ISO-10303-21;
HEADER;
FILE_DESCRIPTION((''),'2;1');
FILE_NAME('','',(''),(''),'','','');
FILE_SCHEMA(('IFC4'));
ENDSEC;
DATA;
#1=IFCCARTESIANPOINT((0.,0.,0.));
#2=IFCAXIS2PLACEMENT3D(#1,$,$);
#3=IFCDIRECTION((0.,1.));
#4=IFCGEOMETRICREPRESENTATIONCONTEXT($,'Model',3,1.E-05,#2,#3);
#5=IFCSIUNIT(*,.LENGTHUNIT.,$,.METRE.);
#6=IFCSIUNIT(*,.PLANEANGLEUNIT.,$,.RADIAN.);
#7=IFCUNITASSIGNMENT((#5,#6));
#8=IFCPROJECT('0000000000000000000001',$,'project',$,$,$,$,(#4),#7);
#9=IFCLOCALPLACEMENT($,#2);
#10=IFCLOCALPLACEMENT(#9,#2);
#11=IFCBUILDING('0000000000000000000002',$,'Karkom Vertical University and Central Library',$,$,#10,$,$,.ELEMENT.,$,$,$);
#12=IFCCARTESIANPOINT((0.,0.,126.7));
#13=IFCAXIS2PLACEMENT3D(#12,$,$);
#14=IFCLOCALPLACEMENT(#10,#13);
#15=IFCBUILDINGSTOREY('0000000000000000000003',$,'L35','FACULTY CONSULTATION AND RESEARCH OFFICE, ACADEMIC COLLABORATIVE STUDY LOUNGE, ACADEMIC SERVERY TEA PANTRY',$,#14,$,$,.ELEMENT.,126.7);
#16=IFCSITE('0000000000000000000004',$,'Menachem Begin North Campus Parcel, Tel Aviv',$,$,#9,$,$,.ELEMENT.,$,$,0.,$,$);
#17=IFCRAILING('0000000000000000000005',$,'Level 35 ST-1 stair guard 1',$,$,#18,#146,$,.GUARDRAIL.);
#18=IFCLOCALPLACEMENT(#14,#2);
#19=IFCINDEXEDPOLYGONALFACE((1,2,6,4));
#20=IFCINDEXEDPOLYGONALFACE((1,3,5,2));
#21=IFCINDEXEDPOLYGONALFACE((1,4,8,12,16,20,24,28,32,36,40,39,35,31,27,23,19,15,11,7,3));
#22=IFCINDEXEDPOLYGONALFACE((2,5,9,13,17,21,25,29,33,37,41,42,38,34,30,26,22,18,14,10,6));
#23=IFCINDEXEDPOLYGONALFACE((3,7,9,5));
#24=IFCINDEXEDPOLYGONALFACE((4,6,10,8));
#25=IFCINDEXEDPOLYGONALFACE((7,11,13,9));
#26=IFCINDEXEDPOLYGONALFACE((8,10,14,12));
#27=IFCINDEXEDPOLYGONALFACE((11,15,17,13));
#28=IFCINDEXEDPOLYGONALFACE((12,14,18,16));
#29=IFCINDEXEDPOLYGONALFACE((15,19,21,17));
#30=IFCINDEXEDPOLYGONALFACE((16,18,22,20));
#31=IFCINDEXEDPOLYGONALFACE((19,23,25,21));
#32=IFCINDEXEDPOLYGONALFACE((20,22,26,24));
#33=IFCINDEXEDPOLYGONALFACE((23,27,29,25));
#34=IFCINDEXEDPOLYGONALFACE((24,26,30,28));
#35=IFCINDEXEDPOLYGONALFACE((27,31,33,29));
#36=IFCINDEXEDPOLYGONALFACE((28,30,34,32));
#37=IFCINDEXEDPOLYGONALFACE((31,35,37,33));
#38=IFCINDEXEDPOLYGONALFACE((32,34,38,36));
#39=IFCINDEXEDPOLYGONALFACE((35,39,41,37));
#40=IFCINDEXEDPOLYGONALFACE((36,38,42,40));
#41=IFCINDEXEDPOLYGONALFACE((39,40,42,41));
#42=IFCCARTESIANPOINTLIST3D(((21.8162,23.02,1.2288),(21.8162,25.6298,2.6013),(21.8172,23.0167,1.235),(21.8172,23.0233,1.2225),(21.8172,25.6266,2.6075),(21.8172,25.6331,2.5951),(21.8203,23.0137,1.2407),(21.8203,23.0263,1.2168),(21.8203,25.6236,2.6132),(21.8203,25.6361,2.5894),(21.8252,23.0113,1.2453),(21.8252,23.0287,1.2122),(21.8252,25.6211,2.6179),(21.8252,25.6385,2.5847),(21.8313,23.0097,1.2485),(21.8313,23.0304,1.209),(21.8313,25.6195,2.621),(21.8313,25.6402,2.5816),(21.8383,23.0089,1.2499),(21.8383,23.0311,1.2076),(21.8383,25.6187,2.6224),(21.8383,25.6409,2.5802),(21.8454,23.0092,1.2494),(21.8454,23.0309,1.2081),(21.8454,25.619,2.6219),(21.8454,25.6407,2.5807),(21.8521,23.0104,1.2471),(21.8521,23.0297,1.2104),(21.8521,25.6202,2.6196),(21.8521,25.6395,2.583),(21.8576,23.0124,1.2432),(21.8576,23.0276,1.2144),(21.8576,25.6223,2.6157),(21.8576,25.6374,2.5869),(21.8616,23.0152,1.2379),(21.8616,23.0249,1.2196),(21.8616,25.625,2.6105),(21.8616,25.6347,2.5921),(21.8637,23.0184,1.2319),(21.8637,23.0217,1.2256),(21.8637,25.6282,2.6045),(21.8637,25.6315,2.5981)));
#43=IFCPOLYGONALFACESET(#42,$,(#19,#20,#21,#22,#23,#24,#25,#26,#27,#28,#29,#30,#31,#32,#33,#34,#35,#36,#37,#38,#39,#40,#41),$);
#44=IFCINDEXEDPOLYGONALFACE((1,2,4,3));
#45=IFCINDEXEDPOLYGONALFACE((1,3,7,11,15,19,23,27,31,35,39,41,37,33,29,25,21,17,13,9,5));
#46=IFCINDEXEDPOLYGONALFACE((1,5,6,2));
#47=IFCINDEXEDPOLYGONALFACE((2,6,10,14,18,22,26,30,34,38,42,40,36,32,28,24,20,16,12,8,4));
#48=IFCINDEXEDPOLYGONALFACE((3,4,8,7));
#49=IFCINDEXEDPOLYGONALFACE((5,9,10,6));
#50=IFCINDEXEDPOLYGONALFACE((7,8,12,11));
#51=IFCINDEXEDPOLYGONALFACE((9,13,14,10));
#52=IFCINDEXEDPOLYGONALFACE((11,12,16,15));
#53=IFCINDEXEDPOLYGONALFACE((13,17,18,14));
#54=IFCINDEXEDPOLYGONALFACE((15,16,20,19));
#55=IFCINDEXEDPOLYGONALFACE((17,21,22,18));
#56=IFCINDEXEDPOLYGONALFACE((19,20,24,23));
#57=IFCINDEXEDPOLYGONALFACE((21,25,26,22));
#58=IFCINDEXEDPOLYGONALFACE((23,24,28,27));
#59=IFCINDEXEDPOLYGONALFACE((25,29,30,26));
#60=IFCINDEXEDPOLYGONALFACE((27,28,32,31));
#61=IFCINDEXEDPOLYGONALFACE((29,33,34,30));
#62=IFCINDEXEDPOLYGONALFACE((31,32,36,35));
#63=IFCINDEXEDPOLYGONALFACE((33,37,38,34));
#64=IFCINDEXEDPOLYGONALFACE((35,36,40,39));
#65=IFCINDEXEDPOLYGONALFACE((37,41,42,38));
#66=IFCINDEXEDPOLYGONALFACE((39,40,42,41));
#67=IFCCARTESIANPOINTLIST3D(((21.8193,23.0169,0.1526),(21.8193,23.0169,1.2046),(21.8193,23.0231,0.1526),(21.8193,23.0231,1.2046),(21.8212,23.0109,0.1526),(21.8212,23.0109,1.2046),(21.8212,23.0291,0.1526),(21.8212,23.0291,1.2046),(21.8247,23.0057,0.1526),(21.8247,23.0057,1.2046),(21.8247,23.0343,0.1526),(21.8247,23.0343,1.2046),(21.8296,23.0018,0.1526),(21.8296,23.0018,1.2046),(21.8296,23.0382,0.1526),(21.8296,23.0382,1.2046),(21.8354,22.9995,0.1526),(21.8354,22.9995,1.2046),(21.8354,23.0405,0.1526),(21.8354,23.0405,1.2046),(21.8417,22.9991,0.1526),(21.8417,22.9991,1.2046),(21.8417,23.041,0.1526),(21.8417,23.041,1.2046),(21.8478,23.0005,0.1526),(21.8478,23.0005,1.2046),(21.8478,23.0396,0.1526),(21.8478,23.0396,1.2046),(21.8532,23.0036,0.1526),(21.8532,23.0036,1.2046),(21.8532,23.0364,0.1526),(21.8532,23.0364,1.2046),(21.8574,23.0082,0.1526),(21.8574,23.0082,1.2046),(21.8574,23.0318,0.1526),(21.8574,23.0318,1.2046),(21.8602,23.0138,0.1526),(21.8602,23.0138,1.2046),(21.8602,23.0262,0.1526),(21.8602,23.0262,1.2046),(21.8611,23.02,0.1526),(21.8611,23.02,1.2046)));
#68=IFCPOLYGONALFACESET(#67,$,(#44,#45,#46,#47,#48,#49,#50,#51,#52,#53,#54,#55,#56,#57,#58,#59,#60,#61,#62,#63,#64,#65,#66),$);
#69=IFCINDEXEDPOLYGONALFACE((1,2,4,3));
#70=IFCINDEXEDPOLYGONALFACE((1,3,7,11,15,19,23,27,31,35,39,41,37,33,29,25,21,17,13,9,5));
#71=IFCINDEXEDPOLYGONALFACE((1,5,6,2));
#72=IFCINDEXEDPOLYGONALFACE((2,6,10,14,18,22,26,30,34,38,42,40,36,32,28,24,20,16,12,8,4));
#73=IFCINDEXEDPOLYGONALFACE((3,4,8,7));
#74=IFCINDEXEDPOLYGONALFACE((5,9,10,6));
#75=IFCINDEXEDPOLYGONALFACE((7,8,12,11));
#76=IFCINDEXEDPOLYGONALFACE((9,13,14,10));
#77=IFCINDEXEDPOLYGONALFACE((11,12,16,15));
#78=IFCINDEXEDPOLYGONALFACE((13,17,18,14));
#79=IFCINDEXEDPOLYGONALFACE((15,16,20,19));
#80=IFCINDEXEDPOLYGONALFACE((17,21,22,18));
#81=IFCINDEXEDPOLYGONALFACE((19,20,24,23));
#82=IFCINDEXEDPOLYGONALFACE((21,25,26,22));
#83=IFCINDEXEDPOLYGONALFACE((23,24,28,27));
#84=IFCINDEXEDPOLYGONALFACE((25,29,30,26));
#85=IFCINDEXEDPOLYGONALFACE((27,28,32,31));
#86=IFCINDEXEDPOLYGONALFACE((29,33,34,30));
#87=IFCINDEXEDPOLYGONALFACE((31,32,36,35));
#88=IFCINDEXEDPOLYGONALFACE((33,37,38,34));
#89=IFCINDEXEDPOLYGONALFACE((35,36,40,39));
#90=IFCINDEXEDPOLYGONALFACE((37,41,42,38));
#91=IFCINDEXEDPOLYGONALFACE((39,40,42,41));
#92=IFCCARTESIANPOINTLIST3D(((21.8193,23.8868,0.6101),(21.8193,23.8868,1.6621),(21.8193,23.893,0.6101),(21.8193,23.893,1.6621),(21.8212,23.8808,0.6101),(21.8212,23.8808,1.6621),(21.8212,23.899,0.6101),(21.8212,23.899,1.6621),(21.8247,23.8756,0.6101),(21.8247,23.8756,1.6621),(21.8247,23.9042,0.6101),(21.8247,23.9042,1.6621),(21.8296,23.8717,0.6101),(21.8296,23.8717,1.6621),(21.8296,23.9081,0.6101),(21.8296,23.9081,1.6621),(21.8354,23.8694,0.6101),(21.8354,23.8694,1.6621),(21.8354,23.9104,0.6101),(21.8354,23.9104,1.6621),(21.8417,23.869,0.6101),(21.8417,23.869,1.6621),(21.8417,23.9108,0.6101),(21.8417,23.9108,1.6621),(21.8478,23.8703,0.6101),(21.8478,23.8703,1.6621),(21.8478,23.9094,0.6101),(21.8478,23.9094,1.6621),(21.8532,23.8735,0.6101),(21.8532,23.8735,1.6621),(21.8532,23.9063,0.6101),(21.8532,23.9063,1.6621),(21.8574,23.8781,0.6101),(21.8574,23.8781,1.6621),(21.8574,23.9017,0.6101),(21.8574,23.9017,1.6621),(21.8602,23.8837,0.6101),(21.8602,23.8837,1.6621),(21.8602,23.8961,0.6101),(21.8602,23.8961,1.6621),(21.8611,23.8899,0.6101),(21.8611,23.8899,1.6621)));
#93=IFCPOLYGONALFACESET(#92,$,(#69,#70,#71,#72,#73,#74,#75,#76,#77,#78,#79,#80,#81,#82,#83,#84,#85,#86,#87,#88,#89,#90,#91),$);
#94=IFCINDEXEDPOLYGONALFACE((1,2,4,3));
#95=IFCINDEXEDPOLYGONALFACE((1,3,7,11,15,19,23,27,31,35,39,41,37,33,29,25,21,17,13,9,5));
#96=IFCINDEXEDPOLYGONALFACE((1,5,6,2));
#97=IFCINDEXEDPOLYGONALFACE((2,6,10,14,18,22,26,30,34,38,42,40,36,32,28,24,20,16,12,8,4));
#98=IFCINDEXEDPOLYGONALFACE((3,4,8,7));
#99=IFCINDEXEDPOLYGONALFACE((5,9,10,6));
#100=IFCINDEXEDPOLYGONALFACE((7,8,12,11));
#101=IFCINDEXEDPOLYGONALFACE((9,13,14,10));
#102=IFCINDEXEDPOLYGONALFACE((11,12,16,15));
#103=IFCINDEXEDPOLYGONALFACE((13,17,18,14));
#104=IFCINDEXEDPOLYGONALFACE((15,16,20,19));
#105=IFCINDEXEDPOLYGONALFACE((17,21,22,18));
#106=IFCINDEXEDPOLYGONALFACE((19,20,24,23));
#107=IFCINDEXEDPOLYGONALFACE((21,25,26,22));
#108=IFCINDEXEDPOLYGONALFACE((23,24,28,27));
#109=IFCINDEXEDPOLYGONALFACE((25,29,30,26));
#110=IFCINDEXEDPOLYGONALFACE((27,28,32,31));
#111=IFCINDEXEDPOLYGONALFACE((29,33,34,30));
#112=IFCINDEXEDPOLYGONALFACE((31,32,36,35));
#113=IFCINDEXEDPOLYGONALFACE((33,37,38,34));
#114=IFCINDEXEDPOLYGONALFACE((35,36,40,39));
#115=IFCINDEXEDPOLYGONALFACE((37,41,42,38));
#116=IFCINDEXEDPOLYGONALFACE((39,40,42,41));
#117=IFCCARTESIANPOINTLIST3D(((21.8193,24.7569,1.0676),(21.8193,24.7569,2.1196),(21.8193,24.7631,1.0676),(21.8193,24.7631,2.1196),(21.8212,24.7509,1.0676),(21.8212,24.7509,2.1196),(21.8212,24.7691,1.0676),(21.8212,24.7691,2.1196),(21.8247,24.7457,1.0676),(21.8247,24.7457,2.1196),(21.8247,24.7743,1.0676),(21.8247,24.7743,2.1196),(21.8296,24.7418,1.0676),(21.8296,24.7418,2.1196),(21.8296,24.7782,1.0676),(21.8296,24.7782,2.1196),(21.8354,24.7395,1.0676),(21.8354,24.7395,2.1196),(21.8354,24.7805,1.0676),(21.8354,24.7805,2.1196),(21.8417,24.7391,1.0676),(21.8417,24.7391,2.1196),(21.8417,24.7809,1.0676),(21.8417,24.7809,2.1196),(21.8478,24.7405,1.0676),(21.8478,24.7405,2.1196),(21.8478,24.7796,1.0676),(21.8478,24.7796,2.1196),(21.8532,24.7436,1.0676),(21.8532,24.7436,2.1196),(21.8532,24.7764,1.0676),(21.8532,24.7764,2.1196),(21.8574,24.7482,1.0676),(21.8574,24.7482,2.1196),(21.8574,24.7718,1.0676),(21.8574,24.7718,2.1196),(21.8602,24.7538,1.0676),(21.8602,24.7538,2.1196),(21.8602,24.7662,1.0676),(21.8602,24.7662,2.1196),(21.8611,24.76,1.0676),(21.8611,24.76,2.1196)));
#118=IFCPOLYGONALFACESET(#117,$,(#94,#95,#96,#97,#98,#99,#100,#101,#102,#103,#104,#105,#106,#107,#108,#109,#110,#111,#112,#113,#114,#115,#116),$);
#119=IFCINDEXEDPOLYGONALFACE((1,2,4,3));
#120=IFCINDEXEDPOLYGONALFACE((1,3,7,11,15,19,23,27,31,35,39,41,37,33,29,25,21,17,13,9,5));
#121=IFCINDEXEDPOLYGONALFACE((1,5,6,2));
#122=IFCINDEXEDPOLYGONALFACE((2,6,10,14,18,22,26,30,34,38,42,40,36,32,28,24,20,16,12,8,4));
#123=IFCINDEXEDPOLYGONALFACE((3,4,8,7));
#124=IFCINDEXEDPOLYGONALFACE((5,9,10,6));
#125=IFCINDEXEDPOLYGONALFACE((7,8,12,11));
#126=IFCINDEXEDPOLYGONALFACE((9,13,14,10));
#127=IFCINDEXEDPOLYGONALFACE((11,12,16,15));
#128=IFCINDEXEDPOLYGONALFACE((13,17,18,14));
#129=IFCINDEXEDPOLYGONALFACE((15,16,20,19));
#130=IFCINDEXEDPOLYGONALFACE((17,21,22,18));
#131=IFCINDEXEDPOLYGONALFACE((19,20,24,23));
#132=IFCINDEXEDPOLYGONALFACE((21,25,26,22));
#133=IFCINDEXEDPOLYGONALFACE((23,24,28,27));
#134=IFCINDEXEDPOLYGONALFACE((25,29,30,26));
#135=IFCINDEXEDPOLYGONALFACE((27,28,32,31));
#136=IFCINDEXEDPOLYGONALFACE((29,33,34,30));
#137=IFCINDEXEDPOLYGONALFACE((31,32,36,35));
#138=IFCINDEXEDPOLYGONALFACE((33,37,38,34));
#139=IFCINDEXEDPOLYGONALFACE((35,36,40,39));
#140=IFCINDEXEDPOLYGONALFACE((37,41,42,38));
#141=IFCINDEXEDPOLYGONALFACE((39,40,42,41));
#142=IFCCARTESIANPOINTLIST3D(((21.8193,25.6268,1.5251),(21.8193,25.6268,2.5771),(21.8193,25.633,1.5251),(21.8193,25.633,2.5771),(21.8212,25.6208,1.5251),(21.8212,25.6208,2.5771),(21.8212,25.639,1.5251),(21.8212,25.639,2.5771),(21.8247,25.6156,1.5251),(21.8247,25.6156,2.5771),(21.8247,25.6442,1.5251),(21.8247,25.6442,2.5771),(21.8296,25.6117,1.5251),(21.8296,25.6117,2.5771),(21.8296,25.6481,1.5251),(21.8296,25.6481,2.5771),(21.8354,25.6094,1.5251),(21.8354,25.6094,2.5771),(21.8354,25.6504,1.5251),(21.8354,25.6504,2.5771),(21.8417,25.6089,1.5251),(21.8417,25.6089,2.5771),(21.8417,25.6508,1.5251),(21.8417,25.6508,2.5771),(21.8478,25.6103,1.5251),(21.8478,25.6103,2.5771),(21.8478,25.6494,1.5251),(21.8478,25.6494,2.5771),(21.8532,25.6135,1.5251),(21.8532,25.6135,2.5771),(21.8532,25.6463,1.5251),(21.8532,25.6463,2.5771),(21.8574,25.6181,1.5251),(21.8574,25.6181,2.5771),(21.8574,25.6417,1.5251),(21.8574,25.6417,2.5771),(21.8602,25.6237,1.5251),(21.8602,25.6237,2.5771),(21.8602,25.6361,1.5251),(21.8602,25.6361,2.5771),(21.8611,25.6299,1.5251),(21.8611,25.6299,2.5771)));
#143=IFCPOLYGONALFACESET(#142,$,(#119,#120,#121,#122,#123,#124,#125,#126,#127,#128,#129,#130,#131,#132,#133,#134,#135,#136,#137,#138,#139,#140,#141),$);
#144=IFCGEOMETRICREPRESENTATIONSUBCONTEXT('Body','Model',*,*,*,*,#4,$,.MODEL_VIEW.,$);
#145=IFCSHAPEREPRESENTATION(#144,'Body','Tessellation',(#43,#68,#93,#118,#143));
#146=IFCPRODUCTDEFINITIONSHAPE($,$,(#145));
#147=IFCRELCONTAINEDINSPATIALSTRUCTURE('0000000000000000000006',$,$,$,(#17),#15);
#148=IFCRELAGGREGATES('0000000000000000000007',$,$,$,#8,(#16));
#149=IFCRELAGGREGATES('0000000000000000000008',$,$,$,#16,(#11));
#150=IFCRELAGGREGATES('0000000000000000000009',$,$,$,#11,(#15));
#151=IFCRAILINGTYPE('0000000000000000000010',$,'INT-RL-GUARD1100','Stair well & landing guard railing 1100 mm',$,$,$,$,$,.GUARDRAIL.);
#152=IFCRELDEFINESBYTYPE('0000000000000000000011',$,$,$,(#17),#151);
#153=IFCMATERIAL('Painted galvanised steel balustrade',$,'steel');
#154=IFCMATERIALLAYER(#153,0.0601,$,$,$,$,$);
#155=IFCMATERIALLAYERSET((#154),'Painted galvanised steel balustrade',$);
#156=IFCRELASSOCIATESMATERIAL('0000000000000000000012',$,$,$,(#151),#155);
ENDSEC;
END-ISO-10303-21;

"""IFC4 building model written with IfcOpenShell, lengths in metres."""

from ifc_helpers import new_model, si_unit, direction, frame, origin, origin_2d, place, context, subcontext, project, spatial, circle, extrude, material, layer, layer_set, type_object, element, save


model = new_model("IFC4")

# Units and contexts
model_context = context("Model", 3, precision=1e-05, world=origin(), true_north=direction((0.0, 1.0)))
body_context = subcontext(model_context, "Body", "Model", "MODEL_VIEW")
ifc_project = project(units=[si_unit("LENGTHUNIT", "METRE"), si_unit("PLANEANGLEUNIT", "RADIAN")], contexts=[model_context])

# Site, building, storey
site_placement = place(None, origin())
site = spatial("IfcSite", under=ifc_project, at=site_placement, Name="Menachem Begin North Campus Parcel, Tel Aviv", CompositionType="ELEMENT", RefElevation=0.0)
building_placement = place(site_placement, origin())
building = spatial("IfcBuilding", under=site, at=building_placement, Name="Karkom Vertical University and Central Library", CompositionType="ELEMENT")
storey_placement = place(building_placement, frame((0.0, 0.0, 126.7)))
storey = spatial("IfcBuildingStorey", under=building, at=storey_placement, Name="L35", Description="FACULTY CONSULTATION AND RESEARCH OFFICE, ACADEMIC COLLABORATIVE STUDY LOUNGE, ACADEMIC SERVERY TEA PANTRY", CompositionType="ELEMENT", Elevation=126.7)

# Railing
ifc_material_1 = material(Name="Painted galvanised steel balustrade", Category="steel")
ifc_layer_1 = layer(ifc_material_1, 0.0601)
ifc_layer_set_1 = layer_set([ifc_layer_1], Name="Painted galvanised steel balustrade")
railing_type_1 = type_object("IfcRailingType", Name="INT-RL-GUARD1100", Description="Stair well & landing guard railing 1100 mm", PredefinedType="GUARDRAIL", material=ifc_layer_set_1)
railing_1_placement = place(storey_placement, frame((21.8401, 23.02, 0.1526)))
element("IfcRailing", 1, at=railing_1_placement, inside=storey, type_object=railing_type_1, Name="Level 35 ST-1 stair guard 1", PredefinedType="GUARDRAIL", context=body_context, shape_type="SweptSolid", body=[
    extrude(circle(Radius=0.0239, at=origin_2d()), frame((0.0, 0.0, 1.0762), z_axis=(0.0, 0.885065, 0.465467), x_axis=(-1.0, 0.0, 0.0)), (0.0, 0.0, 1.0), 2.9487),
    extrude(circle(Radius=0.021, at=origin_2d()), origin(), (0.0, 0.0, 1.0), 1.052),
    extrude(circle(Radius=0.021, at=origin_2d()), frame((0.0, 0.8699, 0.4575)), (0.0, 0.0, 1.0), 1.052),
    extrude(circle(Radius=0.021, at=origin_2d()), frame((0.0, 1.74, 0.915)), (0.0, 0.0, 1.0), 1.052),
    extrude(circle(Radius=0.021, at=origin_2d()), frame((0.0, 2.6099, 1.3726)), (0.0, 0.0, 1.0), 1.052),
])

save(model, "model.ifc")
